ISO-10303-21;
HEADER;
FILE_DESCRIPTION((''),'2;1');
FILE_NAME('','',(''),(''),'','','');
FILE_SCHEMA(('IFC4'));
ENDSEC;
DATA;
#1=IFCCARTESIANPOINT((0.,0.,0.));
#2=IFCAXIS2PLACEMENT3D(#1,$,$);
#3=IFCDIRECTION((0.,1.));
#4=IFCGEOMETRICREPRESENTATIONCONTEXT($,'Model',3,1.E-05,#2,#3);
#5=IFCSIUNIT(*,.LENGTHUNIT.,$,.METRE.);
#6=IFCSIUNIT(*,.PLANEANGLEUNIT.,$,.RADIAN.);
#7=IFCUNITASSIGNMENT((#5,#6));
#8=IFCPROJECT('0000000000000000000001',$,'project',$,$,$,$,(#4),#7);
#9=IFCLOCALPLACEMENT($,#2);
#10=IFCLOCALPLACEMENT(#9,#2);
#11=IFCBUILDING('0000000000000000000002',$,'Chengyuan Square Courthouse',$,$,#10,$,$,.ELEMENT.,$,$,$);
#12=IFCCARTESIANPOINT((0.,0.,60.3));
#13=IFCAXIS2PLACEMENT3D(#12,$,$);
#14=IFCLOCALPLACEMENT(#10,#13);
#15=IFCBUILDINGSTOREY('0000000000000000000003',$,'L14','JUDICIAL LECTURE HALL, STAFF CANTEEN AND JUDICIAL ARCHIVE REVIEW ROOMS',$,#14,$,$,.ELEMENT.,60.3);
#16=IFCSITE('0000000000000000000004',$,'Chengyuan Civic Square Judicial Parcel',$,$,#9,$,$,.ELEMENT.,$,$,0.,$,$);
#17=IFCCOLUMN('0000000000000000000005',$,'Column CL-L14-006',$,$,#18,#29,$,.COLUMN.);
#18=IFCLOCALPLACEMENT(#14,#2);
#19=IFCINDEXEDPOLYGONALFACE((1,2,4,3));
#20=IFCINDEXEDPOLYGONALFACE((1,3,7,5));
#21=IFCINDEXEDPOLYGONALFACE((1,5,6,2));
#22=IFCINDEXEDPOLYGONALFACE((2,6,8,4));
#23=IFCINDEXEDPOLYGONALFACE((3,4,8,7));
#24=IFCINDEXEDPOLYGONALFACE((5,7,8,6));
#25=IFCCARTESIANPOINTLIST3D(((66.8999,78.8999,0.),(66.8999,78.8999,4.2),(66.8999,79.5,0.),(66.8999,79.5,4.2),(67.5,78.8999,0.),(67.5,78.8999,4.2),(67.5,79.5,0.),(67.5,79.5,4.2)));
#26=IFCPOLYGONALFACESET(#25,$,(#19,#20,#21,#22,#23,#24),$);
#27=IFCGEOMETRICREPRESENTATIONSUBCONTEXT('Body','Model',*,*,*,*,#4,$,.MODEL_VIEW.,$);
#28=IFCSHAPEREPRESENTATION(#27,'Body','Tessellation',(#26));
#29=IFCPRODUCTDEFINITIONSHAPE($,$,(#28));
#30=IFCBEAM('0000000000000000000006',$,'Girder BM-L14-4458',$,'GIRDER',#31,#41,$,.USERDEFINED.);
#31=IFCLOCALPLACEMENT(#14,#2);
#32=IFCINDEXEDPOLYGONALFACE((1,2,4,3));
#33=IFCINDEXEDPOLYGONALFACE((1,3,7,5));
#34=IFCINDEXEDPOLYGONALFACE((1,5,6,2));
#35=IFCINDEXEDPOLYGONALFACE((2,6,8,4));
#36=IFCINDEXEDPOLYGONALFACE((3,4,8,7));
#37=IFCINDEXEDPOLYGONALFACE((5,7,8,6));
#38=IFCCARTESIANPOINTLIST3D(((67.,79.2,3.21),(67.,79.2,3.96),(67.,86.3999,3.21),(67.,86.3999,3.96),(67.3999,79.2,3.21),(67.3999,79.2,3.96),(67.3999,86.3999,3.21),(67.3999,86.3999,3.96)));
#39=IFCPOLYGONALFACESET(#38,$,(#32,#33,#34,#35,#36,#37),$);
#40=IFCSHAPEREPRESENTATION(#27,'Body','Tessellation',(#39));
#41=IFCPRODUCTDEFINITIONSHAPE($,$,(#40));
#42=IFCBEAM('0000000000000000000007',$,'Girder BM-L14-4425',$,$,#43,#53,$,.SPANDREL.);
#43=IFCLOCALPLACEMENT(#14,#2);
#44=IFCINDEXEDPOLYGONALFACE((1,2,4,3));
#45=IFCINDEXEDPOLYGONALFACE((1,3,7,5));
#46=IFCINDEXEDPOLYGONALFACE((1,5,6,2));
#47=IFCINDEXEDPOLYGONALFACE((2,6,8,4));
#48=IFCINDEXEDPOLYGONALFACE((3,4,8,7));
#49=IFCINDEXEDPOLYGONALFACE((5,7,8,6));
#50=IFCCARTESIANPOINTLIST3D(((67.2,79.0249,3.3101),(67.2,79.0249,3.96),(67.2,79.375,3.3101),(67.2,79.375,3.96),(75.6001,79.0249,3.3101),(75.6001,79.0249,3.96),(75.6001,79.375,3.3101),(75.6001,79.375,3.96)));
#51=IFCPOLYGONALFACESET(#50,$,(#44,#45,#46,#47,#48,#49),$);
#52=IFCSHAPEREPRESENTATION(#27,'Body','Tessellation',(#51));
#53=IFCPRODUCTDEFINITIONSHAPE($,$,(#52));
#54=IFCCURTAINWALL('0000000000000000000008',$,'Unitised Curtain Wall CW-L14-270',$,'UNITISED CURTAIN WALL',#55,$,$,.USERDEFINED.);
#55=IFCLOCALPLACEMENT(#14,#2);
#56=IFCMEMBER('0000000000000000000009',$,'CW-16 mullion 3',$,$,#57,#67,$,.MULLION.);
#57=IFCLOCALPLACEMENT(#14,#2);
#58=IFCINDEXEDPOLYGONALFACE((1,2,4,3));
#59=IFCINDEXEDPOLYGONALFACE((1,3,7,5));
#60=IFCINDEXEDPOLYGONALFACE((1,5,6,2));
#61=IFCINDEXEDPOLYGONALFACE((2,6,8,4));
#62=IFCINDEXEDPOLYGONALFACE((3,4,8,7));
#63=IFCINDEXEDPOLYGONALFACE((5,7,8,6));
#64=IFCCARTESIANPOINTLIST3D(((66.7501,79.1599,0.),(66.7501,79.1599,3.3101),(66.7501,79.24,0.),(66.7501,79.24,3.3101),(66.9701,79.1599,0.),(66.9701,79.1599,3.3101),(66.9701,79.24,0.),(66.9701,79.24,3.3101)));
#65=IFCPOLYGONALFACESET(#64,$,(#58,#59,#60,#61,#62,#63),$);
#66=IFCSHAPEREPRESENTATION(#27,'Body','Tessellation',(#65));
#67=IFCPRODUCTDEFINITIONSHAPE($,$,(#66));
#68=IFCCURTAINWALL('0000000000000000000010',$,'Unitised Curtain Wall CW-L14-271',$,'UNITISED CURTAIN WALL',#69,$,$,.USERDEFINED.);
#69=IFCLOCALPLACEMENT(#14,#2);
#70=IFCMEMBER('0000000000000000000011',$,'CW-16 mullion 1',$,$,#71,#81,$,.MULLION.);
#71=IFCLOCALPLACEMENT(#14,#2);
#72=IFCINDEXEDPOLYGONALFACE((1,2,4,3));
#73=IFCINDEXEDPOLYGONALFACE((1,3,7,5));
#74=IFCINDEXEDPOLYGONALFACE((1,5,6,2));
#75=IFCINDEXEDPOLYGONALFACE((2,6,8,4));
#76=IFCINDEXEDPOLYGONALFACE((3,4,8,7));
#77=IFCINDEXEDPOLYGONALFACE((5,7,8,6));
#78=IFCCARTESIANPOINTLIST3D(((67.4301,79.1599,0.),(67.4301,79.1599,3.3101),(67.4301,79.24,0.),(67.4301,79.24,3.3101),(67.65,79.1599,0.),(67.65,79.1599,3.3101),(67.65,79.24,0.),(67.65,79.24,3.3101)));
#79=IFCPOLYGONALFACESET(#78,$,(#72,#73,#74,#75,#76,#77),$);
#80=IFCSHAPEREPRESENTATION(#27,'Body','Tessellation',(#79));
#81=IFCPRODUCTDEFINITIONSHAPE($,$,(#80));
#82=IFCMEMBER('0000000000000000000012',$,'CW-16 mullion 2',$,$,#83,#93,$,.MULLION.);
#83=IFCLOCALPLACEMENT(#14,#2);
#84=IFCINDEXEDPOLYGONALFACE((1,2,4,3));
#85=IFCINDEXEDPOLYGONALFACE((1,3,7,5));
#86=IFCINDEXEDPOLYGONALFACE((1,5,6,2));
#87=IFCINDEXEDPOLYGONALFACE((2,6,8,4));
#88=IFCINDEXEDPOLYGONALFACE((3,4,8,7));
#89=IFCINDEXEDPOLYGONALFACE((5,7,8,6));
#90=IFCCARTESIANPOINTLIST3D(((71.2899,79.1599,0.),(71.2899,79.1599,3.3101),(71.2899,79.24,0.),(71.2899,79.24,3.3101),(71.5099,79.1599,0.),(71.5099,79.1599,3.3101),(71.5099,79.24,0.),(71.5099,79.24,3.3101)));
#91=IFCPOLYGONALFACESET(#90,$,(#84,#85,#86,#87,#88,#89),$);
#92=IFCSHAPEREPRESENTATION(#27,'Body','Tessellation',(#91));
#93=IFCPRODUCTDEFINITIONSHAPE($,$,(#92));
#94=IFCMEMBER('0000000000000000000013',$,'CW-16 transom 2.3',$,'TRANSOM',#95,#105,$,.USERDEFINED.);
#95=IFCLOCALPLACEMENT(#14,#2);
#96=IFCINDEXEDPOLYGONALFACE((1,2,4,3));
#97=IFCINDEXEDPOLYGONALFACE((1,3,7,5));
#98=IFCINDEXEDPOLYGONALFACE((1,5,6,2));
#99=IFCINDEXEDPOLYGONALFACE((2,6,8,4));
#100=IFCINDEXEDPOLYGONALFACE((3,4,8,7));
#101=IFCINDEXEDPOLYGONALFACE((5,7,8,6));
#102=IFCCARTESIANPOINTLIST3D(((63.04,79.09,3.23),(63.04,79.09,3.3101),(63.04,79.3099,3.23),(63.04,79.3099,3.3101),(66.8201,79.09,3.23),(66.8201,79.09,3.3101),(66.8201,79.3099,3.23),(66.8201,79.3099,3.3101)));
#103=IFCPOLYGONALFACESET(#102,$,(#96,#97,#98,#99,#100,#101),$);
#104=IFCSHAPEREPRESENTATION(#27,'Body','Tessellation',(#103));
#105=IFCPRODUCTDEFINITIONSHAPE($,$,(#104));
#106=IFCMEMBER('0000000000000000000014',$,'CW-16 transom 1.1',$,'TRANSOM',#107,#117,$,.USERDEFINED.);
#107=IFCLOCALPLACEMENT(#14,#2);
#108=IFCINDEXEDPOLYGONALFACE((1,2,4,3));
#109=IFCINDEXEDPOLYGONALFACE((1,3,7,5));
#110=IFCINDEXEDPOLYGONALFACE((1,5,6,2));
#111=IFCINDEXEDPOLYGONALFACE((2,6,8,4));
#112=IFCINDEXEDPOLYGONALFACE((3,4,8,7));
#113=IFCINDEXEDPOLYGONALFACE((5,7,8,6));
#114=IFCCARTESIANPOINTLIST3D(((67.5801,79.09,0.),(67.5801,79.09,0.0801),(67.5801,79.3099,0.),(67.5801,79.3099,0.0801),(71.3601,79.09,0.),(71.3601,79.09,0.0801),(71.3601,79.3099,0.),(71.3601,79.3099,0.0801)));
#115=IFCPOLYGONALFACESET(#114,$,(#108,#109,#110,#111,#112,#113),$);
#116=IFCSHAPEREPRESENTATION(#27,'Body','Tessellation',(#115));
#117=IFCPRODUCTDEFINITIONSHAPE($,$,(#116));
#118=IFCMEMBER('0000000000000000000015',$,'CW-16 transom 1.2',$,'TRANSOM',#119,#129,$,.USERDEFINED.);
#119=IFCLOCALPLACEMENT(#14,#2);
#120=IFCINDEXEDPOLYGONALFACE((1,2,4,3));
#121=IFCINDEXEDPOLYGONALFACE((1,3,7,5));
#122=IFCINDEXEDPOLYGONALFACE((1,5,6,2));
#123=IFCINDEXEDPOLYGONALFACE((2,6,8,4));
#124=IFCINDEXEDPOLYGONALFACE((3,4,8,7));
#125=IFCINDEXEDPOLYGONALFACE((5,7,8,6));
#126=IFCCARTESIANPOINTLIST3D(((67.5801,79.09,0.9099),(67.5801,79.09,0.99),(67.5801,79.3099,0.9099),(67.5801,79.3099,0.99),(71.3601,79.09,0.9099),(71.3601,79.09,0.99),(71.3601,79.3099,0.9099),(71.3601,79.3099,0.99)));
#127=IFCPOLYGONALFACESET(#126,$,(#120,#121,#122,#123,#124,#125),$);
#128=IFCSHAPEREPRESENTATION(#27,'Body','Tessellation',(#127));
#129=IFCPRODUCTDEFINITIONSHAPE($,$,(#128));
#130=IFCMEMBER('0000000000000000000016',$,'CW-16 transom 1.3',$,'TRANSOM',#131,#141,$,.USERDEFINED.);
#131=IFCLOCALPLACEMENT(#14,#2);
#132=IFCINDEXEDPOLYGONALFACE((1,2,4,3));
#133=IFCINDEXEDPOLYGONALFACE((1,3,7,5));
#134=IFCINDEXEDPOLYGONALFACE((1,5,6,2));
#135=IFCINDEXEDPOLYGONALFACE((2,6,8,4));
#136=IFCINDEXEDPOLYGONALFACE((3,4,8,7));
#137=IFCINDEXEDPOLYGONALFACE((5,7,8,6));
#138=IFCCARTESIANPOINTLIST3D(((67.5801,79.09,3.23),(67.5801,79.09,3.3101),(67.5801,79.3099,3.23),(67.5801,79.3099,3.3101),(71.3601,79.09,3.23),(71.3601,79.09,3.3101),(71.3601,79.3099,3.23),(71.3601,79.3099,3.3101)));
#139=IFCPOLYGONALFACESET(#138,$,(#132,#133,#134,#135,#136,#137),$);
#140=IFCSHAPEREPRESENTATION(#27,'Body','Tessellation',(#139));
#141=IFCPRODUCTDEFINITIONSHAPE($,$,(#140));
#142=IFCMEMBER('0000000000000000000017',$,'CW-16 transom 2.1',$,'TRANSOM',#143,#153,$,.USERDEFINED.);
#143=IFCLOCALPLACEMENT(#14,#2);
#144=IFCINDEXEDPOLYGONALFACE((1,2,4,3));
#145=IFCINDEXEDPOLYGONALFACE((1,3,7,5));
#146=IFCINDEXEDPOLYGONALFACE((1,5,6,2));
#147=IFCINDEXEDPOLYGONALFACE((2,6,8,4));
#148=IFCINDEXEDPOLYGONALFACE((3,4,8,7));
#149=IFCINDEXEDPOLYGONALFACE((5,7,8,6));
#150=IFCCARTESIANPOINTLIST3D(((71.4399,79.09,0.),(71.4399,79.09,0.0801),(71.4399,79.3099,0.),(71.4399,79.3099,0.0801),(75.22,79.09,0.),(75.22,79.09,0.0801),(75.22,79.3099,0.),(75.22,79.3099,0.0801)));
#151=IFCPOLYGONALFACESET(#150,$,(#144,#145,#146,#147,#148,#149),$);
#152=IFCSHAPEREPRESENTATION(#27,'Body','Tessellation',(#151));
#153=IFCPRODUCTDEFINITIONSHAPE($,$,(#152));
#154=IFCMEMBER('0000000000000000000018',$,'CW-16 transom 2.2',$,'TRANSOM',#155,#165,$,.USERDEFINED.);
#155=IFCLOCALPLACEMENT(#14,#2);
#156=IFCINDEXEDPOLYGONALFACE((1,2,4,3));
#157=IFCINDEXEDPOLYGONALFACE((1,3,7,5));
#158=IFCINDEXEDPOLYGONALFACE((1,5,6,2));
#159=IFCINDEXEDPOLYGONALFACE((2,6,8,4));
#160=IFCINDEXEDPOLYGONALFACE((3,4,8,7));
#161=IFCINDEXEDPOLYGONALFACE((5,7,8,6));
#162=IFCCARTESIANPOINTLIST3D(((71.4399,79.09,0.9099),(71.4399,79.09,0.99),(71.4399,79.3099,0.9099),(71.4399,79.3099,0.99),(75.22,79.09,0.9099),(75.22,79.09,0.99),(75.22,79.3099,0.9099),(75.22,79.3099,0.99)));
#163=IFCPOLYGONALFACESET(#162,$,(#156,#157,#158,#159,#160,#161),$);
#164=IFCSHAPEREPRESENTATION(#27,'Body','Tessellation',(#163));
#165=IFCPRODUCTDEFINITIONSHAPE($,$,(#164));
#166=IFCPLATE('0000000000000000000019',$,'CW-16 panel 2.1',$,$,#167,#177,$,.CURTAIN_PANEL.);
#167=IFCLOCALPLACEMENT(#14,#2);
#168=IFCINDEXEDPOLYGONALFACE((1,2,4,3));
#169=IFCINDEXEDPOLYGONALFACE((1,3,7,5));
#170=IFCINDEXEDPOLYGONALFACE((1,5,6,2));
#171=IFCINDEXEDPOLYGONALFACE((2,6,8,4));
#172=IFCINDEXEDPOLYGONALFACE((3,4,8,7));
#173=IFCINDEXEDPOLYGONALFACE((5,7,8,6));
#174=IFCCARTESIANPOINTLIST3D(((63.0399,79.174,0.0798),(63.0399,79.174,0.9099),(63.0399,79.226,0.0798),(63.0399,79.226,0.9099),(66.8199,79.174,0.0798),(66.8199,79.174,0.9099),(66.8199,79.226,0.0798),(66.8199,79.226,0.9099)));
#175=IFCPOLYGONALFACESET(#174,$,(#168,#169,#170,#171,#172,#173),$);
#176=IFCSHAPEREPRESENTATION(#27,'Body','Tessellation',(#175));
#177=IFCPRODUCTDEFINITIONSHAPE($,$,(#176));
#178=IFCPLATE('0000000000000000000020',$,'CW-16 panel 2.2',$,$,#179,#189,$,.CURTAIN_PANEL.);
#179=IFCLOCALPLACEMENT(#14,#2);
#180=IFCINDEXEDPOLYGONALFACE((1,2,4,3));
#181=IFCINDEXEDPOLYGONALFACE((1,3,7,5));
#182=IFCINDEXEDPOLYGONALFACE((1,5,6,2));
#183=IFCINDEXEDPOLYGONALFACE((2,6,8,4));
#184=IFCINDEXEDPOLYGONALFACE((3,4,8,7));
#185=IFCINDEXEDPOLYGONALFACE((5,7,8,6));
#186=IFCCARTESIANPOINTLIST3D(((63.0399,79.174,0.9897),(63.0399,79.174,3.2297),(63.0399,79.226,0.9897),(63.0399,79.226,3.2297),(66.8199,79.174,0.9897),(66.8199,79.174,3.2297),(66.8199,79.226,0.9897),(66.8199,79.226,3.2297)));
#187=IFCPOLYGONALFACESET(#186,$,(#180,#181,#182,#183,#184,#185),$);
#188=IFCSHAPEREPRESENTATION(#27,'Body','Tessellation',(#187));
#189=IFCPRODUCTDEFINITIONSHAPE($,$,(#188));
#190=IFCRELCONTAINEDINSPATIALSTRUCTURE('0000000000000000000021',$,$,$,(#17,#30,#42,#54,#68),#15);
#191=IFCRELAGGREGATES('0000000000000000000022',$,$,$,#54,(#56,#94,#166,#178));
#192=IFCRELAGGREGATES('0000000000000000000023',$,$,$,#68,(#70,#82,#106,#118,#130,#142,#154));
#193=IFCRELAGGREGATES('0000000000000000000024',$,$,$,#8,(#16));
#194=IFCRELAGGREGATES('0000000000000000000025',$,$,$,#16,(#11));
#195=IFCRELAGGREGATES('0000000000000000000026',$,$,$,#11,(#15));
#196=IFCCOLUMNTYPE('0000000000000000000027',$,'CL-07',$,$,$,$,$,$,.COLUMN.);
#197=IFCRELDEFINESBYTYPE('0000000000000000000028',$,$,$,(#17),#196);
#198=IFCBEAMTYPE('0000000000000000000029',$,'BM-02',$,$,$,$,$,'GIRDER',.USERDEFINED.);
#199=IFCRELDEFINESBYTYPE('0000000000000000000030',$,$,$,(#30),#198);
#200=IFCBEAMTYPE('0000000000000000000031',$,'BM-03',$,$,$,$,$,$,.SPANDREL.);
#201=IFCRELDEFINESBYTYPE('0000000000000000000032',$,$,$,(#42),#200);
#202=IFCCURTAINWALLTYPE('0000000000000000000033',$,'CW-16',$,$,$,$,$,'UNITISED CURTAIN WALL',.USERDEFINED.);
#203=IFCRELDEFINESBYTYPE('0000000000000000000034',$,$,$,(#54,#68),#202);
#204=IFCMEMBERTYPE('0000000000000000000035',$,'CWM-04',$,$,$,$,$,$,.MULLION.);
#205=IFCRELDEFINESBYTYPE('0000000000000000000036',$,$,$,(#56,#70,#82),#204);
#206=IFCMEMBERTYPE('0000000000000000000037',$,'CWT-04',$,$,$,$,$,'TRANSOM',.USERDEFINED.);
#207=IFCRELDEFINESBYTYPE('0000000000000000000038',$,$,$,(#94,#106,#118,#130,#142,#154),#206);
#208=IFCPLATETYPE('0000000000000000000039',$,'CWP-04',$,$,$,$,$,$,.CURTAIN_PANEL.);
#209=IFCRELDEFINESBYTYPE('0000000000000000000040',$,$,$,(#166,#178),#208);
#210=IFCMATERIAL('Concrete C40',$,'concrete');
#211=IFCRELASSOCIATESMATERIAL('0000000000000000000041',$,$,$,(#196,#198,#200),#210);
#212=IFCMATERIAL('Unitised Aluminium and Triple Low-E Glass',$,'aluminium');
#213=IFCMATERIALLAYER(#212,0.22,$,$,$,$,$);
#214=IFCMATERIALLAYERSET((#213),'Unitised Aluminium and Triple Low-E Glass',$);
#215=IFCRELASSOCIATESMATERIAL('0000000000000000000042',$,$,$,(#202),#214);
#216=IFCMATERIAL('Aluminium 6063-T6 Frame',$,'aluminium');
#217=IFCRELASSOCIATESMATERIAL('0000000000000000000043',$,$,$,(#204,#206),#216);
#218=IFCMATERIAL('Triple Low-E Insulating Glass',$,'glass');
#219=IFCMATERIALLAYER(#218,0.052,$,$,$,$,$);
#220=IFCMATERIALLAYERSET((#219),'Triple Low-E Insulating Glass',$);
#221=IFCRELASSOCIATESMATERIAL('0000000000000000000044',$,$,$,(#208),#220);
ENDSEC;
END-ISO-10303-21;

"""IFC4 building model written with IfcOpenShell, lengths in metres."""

from ifc_helpers import new_model, si_unit, direction, frame, origin, origin_2d, place, context, subcontext, project, spatial, rectangle, extrude, material, layer, layer_set, material_profile, profile_set, type_object, element, aggregate, save


model = new_model("IFC4")

# Units and contexts
model_context = context("Model", 3, precision=1e-05, world=origin(), true_north=direction((0.0, 1.0)))
body_context = subcontext(model_context, "Body", "Model", "MODEL_VIEW")
ifc_project = project(units=[si_unit("LENGTHUNIT", "METRE"), si_unit("PLANEANGLEUNIT", "RADIAN")], contexts=[model_context])

# Site, building, storey
site_placement = place(None, origin())
site = spatial("IfcSite", under=ifc_project, at=site_placement, Name="Chengyuan Civic Square Judicial Parcel", CompositionType="ELEMENT", RefElevation=0.0)
building_placement = place(site_placement, origin())
building = spatial("IfcBuilding", under=site, at=building_placement, Name="Chengyuan Square Courthouse", CompositionType="ELEMENT")
storey_placement = place(building_placement, frame((0.0, 0.0, 60.3)))
storey = spatial("IfcBuildingStorey", under=building, at=storey_placement, Name="L14", Description="JUDICIAL LECTURE HALL, STAFF CANTEEN AND JUDICIAL ARCHIVE REVIEW ROOMS", CompositionType="ELEMENT", Elevation=60.3)

# Column
ifc_material_1 = material(Name="Concrete C40", Category="concrete")
ifc_material_profile_1 = material_profile(ifc_material_1, rectangle(XDim=0.6001, YDim=0.6001, at=origin_2d()), Name="RC-COL-600x600")
ifc_profile_set_1 = profile_set([ifc_material_profile_1], Name="Concrete C40")
column_type = type_object("IfcColumnType", Name="CL-07", PredefinedType="COLUMN", material=ifc_profile_set_1)
column_placement = place(storey_placement, frame((67.2, 79.2, 0.0), z_axis=(0.0, 0.0, 1.0), x_axis=(1.0, 0.0, 0.0)))
element("IfcColumn", 1, at=column_placement, inside=storey, type_object=column_type, Name="Column CL-L14-006", PredefinedType="COLUMN", context=body_context, shape_type="SweptSolid", body=[
    extrude(rectangle(XDim=0.6001, YDim=0.6001, at=origin_2d()), origin(), (0.0, 0.0, 1.0), 4.2),
])

# Beams
ifc_material_profile_2 = material_profile(ifc_material_1, rectangle(XDim=0.3999, YDim=0.75, at=origin_2d()), Name="RC-BM-400x750")
ifc_profile_set_2 = profile_set([ifc_material_profile_2], Name="Concrete C40")
beam_type_1 = type_object("IfcBeamType", Name="BM-02", ElementType="GIRDER", PredefinedType="USERDEFINED", material=ifc_profile_set_2)
beam_1_placement = place(storey_placement, frame((67.2, 79.2, 3.585), z_axis=(0.0, 1.0, 0.0), x_axis=(-1.0, 0.0, 0.0)))
element("IfcBeam", 2, at=beam_1_placement, inside=storey, type_object=beam_type_1, Name="Girder BM-L14-4458", ObjectType="GIRDER", PredefinedType="USERDEFINED", context=body_context, shape_type="SweptSolid", body=[
    extrude(rectangle(XDim=0.3999, YDim=0.75, at=origin_2d()), origin(), (0.0, 0.0, 1.0), 7.2),
])
ifc_material_profile_3 = material_profile(ifc_material_1, rectangle(XDim=0.3501, YDim=0.6499, at=origin_2d()), Name="RC-BM-350x650")
ifc_profile_set_3 = profile_set([ifc_material_profile_3], Name="Concrete C40")
beam_type_2 = type_object("IfcBeamType", Name="BM-03", PredefinedType="SPANDREL", material=ifc_profile_set_3)
beam_2_placement = place(storey_placement, frame((67.2, 79.2, 3.635), z_axis=(1.0, 0.0, 0.0), x_axis=(0.0, 1.0, 0.0)))
element("IfcBeam", 3, at=beam_2_placement, inside=storey, type_object=beam_type_2, Name="Girder BM-L14-4425", PredefinedType="SPANDREL", context=body_context, shape_type="SweptSolid", body=[
    extrude(rectangle(XDim=0.3501, YDim=0.6499, at=origin_2d()), origin(), (0.0, 0.0, 1.0), 8.4001),
])

# Curtain wall, member
ifc_material_2 = material(Name="Unitised Aluminium and Triple Low-E Glass", Category="aluminium")
ifc_layer_1 = layer(ifc_material_2, 0.22)
ifc_layer_set_1 = layer_set([ifc_layer_1], Name="Unitised Aluminium and Triple Low-E Glass")
curtain_wall_type = type_object("IfcCurtainWallType", Name="CW-16", ElementType="UNITISED CURTAIN WALL", PredefinedType="USERDEFINED", material=ifc_layer_set_1)
curtain_wall_1_placement = place(storey_placement, origin())
curtain_wall_1 = element("IfcCurtainWall", 4, at=curtain_wall_1_placement, inside=storey, type_object=curtain_wall_type, Name="Unitised Curtain Wall CW-L14-270", ObjectType="UNITISED CURTAIN WALL", PredefinedType="USERDEFINED")
ifc_material_3 = material(Name="Aluminium 6063-T6 Frame", Category="aluminium")
ifc_material_profile_4 = material_profile(ifc_material_3, rectangle(XDim=0.0801, YDim=0.22, at=origin_2d()), Name="CW-MUL-80x220")
ifc_profile_set_4 = profile_set([ifc_material_profile_4], Name="Aluminium 6063-T6 Frame")
member_type_1 = type_object("IfcMemberType", Name="CWM-04", PredefinedType="MULLION", material=ifc_profile_set_4)
member_1_placement = place(storey_placement, frame((66.8601, 79.2, 0.0), z_axis=(0.0, 0.0, 1.0), x_axis=(0.0, 1.0, 0.0)))
member_1 = element("IfcMember", 5, at=member_1_placement, type_object=member_type_1, Name="CW-16 mullion 3", PredefinedType="MULLION", context=body_context, shape_type="SweptSolid", body=[
    extrude(rectangle(XDim=0.0801, YDim=0.22, at=origin_2d()), origin(), (0.0, 0.0, 1.0), 3.3101),
])

# Curtain wall, members
curtain_wall_2_placement = place(storey_placement, origin())
curtain_wall_2 = element("IfcCurtainWall", 6, at=curtain_wall_2_placement, inside=storey, type_object=curtain_wall_type, Name="Unitised Curtain Wall CW-L14-271", ObjectType="UNITISED CURTAIN WALL", PredefinedType="USERDEFINED")
member_2_placement = place(storey_placement, frame((67.54, 79.2, 0.0), z_axis=(0.0, 0.0, 1.0), x_axis=(0.0, 1.0, 0.0)))
member_2 = element("IfcMember", 7, at=member_2_placement, type_object=member_type_1, Name="CW-16 mullion 1", PredefinedType="MULLION", context=body_context, shape_type="SweptSolid", body=[
    extrude(rectangle(XDim=0.0801, YDim=0.22, at=origin_2d()), origin(), (0.0, 0.0, 1.0), 3.3101),
])
member_3_placement = place(storey_placement, frame((71.3999, 79.2, 0.0), z_axis=(0.0, 0.0, 1.0), x_axis=(0.0, 1.0, 0.0)))
member_3 = element("IfcMember", 8, at=member_3_placement, type_object=member_type_1, Name="CW-16 mullion 2", PredefinedType="MULLION", context=body_context, shape_type="SweptSolid", body=[
    extrude(rectangle(XDim=0.0801, YDim=0.22, at=origin_2d()), origin(), (0.0, 0.0, 1.0), 3.3101),
])

# Members
ifc_material_profile_5 = material_profile(ifc_material_3, rectangle(XDim=0.22, YDim=0.0801, at=origin_2d()), Name="CW-TRN-80x180")
ifc_profile_set_5 = profile_set([ifc_material_profile_5], Name="Aluminium 6063-T6 Frame")
member_type_2 = type_object("IfcMemberType", Name="CWT-04", ElementType="TRANSOM", PredefinedType="USERDEFINED", material=ifc_profile_set_5)
member_4_placement = place(storey_placement, frame((63.04, 79.2, 3.27), z_axis=(1.0, 0.0, 0.0), x_axis=(0.0, 1.0, 0.0)))
member_4 = element("IfcMember", 9, at=member_4_placement, type_object=member_type_2, Name="CW-16 transom 2.3", ObjectType="TRANSOM", PredefinedType="USERDEFINED", context=body_context, shape_type="SweptSolid", body=[
    extrude(rectangle(XDim=0.22, YDim=0.0801, at=origin_2d()), origin(), (0.0, 0.0, 1.0), 3.78),
])
member_5_placement = place(storey_placement, frame((67.5801, 79.2, 0.04), z_axis=(1.0, 0.0, 0.0), x_axis=(0.0, 1.0, 0.0)))
member_5 = element("IfcMember", 10, at=member_5_placement, type_object=member_type_2, Name="CW-16 transom 1.1", ObjectType="TRANSOM", PredefinedType="USERDEFINED", context=body_context, shape_type="SweptSolid", body=[
    extrude(rectangle(XDim=0.22, YDim=0.0801, at=origin_2d()), origin(), (0.0, 0.0, 1.0), 3.78),
])
member_6_placement = place(storey_placement, frame((67.5801, 79.2, 0.95), z_axis=(1.0, 0.0, 0.0), x_axis=(0.0, 1.0, 0.0)))
member_6 = element("IfcMember", 11, at=member_6_placement, type_object=member_type_2, Name="CW-16 transom 1.2", ObjectType="TRANSOM", PredefinedType="USERDEFINED", context=body_context, shape_type="SweptSolid", body=[
    extrude(rectangle(XDim=0.22, YDim=0.0801, at=origin_2d()), origin(), (0.0, 0.0, 1.0), 3.78),
])
member_7_placement = place(storey_placement, frame((67.5801, 79.2, 3.27), z_axis=(1.0, 0.0, 0.0), x_axis=(0.0, 1.0, 0.0)))
member_7 = element("IfcMember", 12, at=member_7_placement, type_object=member_type_2, Name="CW-16 transom 1.3", ObjectType="TRANSOM", PredefinedType="USERDEFINED", context=body_context, shape_type="SweptSolid", body=[
    extrude(rectangle(XDim=0.22, YDim=0.0801, at=origin_2d()), origin(), (0.0, 0.0, 1.0), 3.78),
])
member_8_placement = place(storey_placement, frame((71.4399, 79.2, 0.04), z_axis=(1.0, 0.0, 0.0), x_axis=(0.0, 1.0, 0.0)))
member_8 = element("IfcMember", 13, at=member_8_placement, type_object=member_type_2, Name="CW-16 transom 2.1", ObjectType="TRANSOM", PredefinedType="USERDEFINED", context=body_context, shape_type="SweptSolid", body=[
    extrude(rectangle(XDim=0.22, YDim=0.0801, at=origin_2d()), origin(), (0.0, 0.0, 1.0), 3.78),
])
member_9_placement = place(storey_placement, frame((71.4399, 79.2, 0.95), z_axis=(1.0, 0.0, 0.0), x_axis=(0.0, 1.0, 0.0)))
member_9 = element("IfcMember", 14, at=member_9_placement, type_object=member_type_2, Name="CW-16 transom 2.2", ObjectType="TRANSOM", PredefinedType="USERDEFINED", context=body_context, shape_type="SweptSolid", body=[
    extrude(rectangle(XDim=0.22, YDim=0.0801, at=origin_2d()), origin(), (0.0, 0.0, 1.0), 3.78),
])

# Plates
ifc_material_4 = material(Name="Triple Low-E Insulating Glass", Category="glass")
ifc_layer_2 = layer(ifc_material_4, 0.052)
ifc_layer_set_2 = layer_set([ifc_layer_2], Name="Triple Low-E Insulating Glass")
plate_type = type_object("IfcPlateType", Name="CWP-04", PredefinedType="CURTAIN_PANEL", material=ifc_layer_set_2)
plate_1_placement = place(storey_placement, frame((64.9299, 79.2, 0.0798), z_axis=(0.0, 0.0, 1.0), x_axis=(1.0, 0.0, 0.0)))
plate_1 = element("IfcPlate", 15, at=plate_1_placement, type_object=plate_type, Name="CW-16 panel 2.1", PredefinedType="CURTAIN_PANEL", context=body_context, shape_type="SweptSolid", body=[
    extrude(rectangle(XDim=3.78, YDim=0.052, at=origin_2d()), origin(), (0.0, 0.0, 1.0), 0.8301),
])
plate_2_placement = place(storey_placement, frame((64.9299, 79.2, 0.9897), z_axis=(0.0, 0.0, 1.0), x_axis=(1.0, 0.0, 0.0)))
plate_2 = element("IfcPlate", 16, at=plate_2_placement, type_object=plate_type, Name="CW-16 panel 2.2", PredefinedType="CURTAIN_PANEL", context=body_context, shape_type="SweptSolid", body=[
    extrude(rectangle(XDim=3.78, YDim=0.052, at=origin_2d()), origin(), (0.0, 0.0, 1.0), 2.24),
])
aggregate(curtain_wall_1, [member_1, member_4, plate_1, plate_2])
aggregate(curtain_wall_2, [member_2, member_3, member_5, member_6, member_7, member_8, member_9])

save(model, "model.ifc")
